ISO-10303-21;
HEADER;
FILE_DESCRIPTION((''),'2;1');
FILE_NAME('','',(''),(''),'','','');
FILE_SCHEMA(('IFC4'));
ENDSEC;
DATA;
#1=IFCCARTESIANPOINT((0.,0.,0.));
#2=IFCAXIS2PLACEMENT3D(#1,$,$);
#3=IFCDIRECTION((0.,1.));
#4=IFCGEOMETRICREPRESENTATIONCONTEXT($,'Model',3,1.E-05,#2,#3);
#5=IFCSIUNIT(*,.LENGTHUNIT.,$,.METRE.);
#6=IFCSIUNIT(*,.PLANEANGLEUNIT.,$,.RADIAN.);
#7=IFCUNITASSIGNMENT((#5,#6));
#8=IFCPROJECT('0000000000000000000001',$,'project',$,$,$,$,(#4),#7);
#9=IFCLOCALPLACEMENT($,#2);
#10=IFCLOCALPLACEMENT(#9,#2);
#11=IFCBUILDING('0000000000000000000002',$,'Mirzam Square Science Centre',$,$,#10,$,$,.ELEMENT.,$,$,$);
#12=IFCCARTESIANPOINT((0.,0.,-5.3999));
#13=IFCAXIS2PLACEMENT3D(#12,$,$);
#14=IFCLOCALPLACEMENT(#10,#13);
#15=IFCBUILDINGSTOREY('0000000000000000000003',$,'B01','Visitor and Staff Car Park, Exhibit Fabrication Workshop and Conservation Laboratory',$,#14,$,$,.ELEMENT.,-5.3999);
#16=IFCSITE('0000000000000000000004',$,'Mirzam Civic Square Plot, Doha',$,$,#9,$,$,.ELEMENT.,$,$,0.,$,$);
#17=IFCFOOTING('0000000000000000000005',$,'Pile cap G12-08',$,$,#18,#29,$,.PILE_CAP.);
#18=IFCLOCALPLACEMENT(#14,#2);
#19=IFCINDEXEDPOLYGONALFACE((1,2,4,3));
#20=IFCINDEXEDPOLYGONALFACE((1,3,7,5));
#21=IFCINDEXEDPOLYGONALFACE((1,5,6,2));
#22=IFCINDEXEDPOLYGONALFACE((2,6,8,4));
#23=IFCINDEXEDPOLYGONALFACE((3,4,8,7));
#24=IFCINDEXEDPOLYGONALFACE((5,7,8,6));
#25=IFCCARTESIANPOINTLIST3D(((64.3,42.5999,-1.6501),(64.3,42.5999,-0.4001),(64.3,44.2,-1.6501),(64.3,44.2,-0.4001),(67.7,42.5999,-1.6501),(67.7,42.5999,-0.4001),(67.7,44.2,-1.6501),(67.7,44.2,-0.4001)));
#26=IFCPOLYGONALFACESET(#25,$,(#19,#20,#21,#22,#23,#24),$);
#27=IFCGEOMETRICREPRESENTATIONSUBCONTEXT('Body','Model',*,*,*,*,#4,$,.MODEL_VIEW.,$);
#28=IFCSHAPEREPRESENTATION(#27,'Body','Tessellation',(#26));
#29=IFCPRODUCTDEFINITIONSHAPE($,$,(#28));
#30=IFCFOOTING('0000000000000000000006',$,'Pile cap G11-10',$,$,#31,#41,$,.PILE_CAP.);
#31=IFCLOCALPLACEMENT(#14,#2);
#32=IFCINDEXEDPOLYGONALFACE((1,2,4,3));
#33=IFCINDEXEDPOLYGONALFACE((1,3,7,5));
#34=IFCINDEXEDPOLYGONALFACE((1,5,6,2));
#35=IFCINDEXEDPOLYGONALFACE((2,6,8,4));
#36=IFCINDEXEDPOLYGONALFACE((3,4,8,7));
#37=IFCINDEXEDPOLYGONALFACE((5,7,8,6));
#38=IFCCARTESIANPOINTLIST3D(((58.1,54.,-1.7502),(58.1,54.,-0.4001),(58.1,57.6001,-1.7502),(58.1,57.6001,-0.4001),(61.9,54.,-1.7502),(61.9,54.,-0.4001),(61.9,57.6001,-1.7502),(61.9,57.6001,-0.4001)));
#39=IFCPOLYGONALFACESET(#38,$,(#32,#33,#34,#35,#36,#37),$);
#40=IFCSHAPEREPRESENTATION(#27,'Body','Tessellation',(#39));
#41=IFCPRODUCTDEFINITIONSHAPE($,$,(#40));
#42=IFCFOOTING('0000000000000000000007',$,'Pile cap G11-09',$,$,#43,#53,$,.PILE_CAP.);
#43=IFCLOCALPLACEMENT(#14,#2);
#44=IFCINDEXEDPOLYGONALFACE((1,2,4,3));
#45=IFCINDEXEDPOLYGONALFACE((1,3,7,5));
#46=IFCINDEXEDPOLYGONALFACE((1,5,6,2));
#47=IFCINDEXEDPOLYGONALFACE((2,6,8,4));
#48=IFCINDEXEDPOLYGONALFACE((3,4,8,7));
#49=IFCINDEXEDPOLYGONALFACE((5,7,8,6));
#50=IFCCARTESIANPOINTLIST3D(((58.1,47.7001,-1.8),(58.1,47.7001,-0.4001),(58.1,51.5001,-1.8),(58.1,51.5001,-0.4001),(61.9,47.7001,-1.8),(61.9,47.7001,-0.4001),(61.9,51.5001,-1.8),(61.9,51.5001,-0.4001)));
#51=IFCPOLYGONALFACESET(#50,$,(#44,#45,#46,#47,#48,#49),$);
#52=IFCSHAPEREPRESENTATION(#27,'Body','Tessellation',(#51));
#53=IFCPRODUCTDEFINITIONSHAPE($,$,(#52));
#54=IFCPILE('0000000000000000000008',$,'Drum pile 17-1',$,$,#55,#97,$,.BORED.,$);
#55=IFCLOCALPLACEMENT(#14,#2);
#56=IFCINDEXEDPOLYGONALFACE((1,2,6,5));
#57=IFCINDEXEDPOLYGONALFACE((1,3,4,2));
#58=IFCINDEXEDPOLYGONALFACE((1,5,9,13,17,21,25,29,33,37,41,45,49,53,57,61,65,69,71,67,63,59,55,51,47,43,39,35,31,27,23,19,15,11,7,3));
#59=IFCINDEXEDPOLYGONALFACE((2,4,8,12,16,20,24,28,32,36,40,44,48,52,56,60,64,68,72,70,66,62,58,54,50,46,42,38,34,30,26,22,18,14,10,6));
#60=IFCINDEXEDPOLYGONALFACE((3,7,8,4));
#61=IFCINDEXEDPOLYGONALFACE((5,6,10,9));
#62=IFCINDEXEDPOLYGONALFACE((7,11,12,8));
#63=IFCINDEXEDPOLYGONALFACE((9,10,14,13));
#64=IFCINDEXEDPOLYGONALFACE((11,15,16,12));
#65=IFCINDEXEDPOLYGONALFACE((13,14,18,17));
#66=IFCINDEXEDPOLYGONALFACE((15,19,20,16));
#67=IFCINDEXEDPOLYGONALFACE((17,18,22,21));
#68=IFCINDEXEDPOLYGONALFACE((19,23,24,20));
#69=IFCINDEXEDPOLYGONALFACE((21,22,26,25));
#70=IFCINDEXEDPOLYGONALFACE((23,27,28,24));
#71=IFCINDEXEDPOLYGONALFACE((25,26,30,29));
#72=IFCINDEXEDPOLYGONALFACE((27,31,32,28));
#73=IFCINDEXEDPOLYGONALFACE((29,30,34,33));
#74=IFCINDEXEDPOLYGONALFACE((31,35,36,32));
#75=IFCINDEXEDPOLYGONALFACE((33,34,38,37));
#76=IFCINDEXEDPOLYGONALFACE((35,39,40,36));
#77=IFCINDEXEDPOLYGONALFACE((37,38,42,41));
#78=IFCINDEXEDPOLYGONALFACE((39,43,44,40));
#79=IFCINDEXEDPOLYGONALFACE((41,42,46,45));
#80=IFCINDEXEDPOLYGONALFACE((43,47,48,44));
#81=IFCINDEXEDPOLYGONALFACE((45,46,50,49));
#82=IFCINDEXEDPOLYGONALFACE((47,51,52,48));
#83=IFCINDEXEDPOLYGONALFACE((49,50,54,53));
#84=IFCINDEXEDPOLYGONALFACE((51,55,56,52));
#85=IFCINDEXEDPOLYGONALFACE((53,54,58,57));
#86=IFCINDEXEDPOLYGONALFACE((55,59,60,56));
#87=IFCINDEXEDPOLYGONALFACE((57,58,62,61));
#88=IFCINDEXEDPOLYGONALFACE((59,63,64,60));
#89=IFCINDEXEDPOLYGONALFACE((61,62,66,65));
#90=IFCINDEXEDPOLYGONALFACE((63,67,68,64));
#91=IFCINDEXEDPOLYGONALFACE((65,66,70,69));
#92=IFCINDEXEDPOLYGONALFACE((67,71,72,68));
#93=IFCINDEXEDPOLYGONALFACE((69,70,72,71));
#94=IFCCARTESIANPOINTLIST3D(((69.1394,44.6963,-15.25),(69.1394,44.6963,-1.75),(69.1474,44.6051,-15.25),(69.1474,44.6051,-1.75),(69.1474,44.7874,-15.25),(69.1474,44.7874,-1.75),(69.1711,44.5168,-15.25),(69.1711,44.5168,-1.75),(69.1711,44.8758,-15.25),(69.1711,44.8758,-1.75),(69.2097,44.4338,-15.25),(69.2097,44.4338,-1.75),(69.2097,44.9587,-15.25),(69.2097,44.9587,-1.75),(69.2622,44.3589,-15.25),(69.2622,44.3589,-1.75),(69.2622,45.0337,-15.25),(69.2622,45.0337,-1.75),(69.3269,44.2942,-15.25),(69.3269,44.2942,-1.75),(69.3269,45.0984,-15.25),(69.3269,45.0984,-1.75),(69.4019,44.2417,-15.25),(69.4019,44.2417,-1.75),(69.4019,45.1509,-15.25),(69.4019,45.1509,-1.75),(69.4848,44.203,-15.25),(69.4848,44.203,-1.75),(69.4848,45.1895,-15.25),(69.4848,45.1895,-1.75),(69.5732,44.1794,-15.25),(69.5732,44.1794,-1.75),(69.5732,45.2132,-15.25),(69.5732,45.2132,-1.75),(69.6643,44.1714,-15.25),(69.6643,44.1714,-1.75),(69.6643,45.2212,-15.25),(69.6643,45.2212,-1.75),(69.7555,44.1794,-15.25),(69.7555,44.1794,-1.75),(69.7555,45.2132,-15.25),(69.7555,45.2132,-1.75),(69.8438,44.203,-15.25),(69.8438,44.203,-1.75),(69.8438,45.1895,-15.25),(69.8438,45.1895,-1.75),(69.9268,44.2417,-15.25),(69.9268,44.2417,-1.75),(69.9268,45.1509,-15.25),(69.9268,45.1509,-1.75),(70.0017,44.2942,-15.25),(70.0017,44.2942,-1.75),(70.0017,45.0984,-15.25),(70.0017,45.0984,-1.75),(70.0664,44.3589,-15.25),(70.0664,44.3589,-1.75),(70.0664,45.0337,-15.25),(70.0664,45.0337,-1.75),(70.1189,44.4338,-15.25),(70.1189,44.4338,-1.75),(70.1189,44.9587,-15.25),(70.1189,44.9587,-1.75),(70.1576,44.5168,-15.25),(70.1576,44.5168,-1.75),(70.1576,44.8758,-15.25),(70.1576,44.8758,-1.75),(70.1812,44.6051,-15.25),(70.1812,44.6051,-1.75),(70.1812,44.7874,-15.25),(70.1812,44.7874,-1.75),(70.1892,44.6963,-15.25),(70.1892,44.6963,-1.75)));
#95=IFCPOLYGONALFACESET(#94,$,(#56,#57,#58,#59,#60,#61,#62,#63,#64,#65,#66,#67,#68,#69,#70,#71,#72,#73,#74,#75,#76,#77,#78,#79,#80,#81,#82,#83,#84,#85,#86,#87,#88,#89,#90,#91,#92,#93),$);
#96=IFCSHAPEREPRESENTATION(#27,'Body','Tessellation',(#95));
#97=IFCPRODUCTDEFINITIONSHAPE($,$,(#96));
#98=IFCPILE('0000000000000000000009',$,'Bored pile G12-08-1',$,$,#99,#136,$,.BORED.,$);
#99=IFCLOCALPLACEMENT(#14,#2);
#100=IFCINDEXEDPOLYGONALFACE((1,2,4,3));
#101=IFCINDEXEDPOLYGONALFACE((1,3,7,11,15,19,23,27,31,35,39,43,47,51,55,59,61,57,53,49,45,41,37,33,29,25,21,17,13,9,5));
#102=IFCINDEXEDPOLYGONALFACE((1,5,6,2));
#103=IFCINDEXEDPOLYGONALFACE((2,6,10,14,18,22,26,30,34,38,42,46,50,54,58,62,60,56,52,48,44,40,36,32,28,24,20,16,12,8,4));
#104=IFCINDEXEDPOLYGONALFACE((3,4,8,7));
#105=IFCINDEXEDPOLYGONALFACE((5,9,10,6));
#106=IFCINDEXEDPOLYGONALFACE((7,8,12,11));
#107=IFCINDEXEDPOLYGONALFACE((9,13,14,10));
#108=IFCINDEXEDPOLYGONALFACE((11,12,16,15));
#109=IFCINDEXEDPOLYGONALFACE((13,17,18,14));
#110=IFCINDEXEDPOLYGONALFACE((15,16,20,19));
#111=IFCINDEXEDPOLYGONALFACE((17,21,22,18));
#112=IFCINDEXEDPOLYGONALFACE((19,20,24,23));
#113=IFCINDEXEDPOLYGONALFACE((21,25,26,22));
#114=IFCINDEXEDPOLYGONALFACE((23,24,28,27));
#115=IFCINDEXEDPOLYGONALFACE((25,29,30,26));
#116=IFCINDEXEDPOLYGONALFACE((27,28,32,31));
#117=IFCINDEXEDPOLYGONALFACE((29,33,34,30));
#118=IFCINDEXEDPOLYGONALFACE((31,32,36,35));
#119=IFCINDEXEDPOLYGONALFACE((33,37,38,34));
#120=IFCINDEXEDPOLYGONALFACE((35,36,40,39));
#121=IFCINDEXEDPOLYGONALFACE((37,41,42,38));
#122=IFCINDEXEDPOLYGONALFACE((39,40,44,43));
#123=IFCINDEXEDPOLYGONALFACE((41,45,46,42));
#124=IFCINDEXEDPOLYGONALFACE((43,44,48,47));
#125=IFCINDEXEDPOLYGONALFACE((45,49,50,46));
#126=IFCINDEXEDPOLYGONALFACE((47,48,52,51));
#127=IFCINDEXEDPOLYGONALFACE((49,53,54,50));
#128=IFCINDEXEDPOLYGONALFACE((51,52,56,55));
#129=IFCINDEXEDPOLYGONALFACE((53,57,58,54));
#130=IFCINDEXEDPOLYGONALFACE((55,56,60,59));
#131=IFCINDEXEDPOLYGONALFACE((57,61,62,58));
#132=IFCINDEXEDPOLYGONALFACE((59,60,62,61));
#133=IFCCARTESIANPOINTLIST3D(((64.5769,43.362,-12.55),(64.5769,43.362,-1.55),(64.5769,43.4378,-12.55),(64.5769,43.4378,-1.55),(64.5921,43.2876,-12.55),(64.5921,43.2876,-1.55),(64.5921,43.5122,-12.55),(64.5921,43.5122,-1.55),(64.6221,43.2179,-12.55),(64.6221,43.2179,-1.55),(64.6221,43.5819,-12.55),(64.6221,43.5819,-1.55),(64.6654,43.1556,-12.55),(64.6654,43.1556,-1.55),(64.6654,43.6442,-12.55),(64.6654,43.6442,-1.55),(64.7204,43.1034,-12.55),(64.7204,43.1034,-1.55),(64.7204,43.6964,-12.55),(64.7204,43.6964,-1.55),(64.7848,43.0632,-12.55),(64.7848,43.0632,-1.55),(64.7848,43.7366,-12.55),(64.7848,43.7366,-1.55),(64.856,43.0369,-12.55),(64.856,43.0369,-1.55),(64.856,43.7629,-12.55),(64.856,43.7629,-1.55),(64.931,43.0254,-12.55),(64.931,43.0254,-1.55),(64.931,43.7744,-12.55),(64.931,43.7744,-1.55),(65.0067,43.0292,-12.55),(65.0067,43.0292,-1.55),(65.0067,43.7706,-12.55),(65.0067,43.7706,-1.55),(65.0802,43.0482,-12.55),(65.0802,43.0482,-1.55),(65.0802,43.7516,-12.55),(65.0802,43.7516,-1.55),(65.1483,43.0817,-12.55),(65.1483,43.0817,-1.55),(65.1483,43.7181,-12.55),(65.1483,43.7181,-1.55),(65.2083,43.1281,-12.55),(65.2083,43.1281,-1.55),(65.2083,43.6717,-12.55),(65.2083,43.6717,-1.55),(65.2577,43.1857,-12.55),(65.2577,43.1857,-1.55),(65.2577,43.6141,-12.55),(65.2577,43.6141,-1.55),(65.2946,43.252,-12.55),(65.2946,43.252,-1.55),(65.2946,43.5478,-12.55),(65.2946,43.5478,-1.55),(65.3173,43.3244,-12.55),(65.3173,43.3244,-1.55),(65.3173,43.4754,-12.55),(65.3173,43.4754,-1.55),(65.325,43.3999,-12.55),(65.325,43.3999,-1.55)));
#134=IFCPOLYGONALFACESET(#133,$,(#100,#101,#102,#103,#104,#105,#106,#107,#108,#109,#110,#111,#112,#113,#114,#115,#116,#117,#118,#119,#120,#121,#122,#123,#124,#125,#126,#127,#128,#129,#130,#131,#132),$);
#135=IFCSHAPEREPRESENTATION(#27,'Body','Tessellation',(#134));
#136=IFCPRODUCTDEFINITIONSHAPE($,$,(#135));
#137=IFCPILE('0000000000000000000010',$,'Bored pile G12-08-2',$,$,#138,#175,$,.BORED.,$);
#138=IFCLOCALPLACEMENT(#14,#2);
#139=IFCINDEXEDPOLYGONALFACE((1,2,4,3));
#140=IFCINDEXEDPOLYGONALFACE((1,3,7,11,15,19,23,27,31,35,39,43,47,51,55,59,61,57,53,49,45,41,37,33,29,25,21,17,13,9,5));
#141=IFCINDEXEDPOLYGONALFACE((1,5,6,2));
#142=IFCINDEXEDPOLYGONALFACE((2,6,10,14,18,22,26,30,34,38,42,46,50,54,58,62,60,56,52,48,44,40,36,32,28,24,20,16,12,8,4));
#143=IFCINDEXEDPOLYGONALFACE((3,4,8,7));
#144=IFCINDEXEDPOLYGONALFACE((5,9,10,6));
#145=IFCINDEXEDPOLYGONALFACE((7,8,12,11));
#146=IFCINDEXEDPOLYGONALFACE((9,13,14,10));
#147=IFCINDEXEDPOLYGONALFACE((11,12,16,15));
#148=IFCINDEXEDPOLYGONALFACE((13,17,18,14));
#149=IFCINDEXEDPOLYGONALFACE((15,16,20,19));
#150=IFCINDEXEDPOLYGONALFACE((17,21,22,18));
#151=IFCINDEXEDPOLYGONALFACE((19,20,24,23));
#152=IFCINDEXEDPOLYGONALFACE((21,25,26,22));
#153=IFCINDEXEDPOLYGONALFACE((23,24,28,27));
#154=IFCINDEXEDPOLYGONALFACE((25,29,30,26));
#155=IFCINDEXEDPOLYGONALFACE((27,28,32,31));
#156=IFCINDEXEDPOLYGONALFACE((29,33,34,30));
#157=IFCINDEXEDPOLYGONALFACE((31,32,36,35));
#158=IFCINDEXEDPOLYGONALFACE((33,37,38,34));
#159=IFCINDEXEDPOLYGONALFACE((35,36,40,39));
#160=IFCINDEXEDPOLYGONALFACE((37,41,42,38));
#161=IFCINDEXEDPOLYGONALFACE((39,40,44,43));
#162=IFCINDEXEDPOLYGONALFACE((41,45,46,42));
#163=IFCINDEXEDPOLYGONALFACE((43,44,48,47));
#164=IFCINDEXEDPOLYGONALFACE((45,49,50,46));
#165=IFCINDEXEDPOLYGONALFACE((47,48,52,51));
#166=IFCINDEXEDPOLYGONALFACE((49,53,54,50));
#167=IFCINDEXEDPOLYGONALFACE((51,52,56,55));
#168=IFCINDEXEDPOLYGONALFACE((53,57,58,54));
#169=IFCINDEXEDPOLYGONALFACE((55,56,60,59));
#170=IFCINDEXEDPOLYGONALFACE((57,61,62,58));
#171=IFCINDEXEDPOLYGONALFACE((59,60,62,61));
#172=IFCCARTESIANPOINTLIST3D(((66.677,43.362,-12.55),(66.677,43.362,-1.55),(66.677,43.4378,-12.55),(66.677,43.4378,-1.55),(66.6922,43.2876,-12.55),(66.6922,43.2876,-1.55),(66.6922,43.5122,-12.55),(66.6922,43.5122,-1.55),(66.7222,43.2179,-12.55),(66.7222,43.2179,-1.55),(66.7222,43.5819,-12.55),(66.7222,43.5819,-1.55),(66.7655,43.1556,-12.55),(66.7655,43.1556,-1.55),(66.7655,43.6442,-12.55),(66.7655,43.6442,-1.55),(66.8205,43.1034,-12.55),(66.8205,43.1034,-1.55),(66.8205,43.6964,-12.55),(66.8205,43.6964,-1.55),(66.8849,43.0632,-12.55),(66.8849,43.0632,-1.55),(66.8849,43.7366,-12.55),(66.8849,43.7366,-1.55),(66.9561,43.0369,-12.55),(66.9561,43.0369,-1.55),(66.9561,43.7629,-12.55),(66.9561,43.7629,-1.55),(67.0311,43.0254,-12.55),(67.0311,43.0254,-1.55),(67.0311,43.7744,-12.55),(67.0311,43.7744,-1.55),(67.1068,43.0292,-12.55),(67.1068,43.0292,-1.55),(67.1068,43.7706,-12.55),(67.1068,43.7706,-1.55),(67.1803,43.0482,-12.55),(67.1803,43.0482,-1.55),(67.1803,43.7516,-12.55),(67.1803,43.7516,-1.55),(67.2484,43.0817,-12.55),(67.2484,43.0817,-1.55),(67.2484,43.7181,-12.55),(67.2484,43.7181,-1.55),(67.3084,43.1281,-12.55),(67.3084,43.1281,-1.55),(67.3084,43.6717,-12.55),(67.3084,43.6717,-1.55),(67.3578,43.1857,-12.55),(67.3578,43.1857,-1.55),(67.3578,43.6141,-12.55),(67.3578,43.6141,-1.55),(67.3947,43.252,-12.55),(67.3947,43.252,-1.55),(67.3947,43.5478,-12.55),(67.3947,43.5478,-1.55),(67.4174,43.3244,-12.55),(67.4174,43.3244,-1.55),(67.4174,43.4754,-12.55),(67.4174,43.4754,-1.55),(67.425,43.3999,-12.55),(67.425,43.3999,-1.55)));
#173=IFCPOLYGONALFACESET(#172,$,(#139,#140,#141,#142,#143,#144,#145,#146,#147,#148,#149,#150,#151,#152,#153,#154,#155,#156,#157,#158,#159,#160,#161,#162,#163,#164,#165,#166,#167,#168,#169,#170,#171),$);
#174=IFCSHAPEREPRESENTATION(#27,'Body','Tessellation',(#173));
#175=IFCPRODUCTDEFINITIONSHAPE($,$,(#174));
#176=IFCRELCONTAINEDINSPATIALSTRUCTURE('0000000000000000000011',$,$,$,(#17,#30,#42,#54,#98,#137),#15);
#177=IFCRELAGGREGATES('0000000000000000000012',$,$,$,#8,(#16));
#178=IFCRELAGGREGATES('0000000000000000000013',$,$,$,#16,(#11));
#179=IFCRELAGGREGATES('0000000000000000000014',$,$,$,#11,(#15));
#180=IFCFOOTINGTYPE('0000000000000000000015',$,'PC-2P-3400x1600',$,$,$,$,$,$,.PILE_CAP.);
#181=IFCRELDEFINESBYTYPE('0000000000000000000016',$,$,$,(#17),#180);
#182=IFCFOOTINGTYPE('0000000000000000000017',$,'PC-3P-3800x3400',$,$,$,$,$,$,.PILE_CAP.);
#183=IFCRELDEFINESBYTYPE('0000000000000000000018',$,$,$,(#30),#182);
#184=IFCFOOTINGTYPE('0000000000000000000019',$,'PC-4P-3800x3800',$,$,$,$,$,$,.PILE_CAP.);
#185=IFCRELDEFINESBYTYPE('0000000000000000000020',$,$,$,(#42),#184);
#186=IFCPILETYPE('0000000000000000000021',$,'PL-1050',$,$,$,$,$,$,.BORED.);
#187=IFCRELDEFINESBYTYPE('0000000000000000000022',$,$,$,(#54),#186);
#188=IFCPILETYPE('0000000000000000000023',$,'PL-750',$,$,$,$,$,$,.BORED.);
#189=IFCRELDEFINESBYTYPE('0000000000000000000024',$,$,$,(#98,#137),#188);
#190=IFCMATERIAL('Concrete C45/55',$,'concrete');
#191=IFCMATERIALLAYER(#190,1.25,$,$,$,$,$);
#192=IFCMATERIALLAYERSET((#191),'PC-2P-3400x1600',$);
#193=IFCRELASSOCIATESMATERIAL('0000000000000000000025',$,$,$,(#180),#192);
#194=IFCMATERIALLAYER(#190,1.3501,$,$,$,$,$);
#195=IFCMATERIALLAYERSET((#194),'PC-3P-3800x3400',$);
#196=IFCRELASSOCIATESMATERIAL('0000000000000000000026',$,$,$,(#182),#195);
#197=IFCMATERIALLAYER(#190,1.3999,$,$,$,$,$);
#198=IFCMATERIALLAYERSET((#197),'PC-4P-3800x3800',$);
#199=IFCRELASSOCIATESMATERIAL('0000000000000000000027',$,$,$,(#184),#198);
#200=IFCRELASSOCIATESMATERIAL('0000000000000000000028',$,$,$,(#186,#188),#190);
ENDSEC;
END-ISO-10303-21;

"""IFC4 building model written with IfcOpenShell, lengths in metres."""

from ifc_helpers import new_model, si_unit, direction, frame, origin, origin_2d, place, context, subcontext, project, spatial, rectangle, circle, extrude, material, layer, layer_set, material_profile, profile_set, type_object, element, save


model = new_model("IFC4")

# Units and contexts
model_context = context("Model", 3, precision=1e-05, world=origin(), true_north=direction((0.0, 1.0)))
body_context = subcontext(model_context, "Body", "Model", "MODEL_VIEW")
ifc_project = project(units=[si_unit("LENGTHUNIT", "METRE"), si_unit("PLANEANGLEUNIT", "RADIAN")], contexts=[model_context])

# Site, building, storey
site_placement = place(None, origin())
site = spatial("IfcSite", under=ifc_project, at=site_placement, Name="Mirzam Civic Square Plot, Doha", CompositionType="ELEMENT", RefElevation=0.0)
building_placement = place(site_placement, origin())
building = spatial("IfcBuilding", under=site, at=building_placement, Name="Mirzam Square Science Centre", CompositionType="ELEMENT")
storey_placement = place(building_placement, frame((0.0, 0.0, -5.3999)))
storey = spatial("IfcBuildingStorey", under=building, at=storey_placement, Name="B01", Description="Visitor and Staff Car Park, Exhibit Fabrication Workshop and Conservation Laboratory", CompositionType="ELEMENT", Elevation=-5.3999)

# Footings
ifc_material_1 = material(Name="Concrete C45/55", Category="concrete")
ifc_layer_1 = layer(ifc_material_1, 1.25)
ifc_layer_set_1 = layer_set([ifc_layer_1], Name="PC-2P-3400x1600")
footing_type_1 = type_object("IfcFootingType", Name="PC-2P-3400x1600", PredefinedType="PILE_CAP", material=ifc_layer_set_1)
footing_1_placement = place(storey_placement, frame((66.0, 43.3999, -1.6501), z_axis=(0.0, 0.0, 1.0), x_axis=(1.0, 0.0, 0.0)))
element("IfcFooting", 1, at=footing_1_placement, inside=storey, type_object=footing_type_1, Name="Pile cap G12-08", PredefinedType="PILE_CAP", context=body_context, shape_type="SweptSolid", body=[
    extrude(rectangle(XDim=3.3999, YDim=1.6001, at=origin_2d()), origin(), (0.0, 0.0, 1.0), 1.25),
])
ifc_layer_2 = layer(ifc_material_1, 1.3501)
ifc_layer_set_2 = layer_set([ifc_layer_2], Name="PC-3P-3800x3400")
footing_type_2 = type_object("IfcFootingType", Name="PC-3P-3800x3400", PredefinedType="PILE_CAP", material=ifc_layer_set_2)
footing_2_placement = place(storey_placement, frame((60.0, 55.8, -1.7502), z_axis=(0.0, 0.0, 1.0), x_axis=(1.0, 0.0, 0.0)))
element("IfcFooting", 2, at=footing_2_placement, inside=storey, type_object=footing_type_2, Name="Pile cap G11-10", PredefinedType="PILE_CAP", context=body_context, shape_type="SweptSolid", body=[
    extrude(rectangle(XDim=3.8, YDim=3.6001, at=origin_2d()), origin(), (0.0, 0.0, 1.0), 1.3501),
])
ifc_layer_3 = layer(ifc_material_1, 1.3999)
ifc_layer_set_3 = layer_set([ifc_layer_3], Name="PC-4P-3800x3800")
footing_type_3 = type_object("IfcFootingType", Name="PC-4P-3800x3800", PredefinedType="PILE_CAP", material=ifc_layer_set_3)
footing_3_placement = place(storey_placement, frame((60.0, 49.6001, -1.8), z_axis=(0.0, 0.0, 1.0), x_axis=(1.0, 0.0, 0.0)))
element("IfcFooting", 3, at=footing_3_placement, inside=storey, type_object=footing_type_3, Name="Pile cap G11-09", PredefinedType="PILE_CAP", context=body_context, shape_type="SweptSolid", body=[
    extrude(rectangle(XDim=3.8, YDim=3.8, at=origin_2d()), origin(), (0.0, 0.0, 1.0), 1.3999),
])

# Piles
ifc_material_profile_1 = material_profile(ifc_material_1, circle(Radius=0.5249, at=origin_2d()), Name="PILE-D1050")
ifc_profile_set_1 = profile_set([ifc_material_profile_1], Name="Concrete C45/55")
pile_type_1 = type_object("IfcPileType", Name="PL-1050", PredefinedType="BORED", material=ifc_profile_set_1)
pile_placement = place(storey_placement, frame((69.6643, 44.6963, -1.75), z_axis=(0.0, 0.0, -1.0), x_axis=(1.0, 0.0, 0.0)))
element("IfcPile", 4, at=pile_placement, inside=storey, type_object=pile_type_1, Name="Drum pile 17-1", PredefinedType="BORED", context=body_context, shape_type="SweptSolid", body=[
    extrude(circle(Radius=0.5249, at=origin_2d()), origin(), (0.0, 0.0, 1.0), 13.5),
])
ifc_material_profile_2 = material_profile(ifc_material_1, circle(Radius=0.375, at=origin_2d()), Name="PILE-D750")
ifc_profile_set_2 = profile_set([ifc_material_profile_2], Name="Concrete C45/55")
pile_type_2 = type_object("IfcPileType", Name="PL-750", PredefinedType="BORED", material=ifc_profile_set_2)
for number, where, z_axis, x_axis, name in (
    (5, (64.95, 43.3999, -1.55), (0.0, 0.0, -1.0), (1.0, 0.0, 0.0), "Bored pile G12-08-1"),
    (6, (67.05, 43.3999, -1.55), (0.0, 0.0, -1.0), (1.0, 0.0, 0.0), "Bored pile G12-08-2"),
):
    element("IfcPile", number, at=place(storey_placement, frame(where, z_axis=z_axis, x_axis=x_axis)), inside=storey, type_object=pile_type_2, Name=name, PredefinedType="BORED", context=body_context, shape_type="SweptSolid", body=[
        extrude(circle(Radius=0.375, at=origin_2d()), origin(), (0.0, 0.0, 1.0), 11.0),
    ])

save(model, "model.ifc")
